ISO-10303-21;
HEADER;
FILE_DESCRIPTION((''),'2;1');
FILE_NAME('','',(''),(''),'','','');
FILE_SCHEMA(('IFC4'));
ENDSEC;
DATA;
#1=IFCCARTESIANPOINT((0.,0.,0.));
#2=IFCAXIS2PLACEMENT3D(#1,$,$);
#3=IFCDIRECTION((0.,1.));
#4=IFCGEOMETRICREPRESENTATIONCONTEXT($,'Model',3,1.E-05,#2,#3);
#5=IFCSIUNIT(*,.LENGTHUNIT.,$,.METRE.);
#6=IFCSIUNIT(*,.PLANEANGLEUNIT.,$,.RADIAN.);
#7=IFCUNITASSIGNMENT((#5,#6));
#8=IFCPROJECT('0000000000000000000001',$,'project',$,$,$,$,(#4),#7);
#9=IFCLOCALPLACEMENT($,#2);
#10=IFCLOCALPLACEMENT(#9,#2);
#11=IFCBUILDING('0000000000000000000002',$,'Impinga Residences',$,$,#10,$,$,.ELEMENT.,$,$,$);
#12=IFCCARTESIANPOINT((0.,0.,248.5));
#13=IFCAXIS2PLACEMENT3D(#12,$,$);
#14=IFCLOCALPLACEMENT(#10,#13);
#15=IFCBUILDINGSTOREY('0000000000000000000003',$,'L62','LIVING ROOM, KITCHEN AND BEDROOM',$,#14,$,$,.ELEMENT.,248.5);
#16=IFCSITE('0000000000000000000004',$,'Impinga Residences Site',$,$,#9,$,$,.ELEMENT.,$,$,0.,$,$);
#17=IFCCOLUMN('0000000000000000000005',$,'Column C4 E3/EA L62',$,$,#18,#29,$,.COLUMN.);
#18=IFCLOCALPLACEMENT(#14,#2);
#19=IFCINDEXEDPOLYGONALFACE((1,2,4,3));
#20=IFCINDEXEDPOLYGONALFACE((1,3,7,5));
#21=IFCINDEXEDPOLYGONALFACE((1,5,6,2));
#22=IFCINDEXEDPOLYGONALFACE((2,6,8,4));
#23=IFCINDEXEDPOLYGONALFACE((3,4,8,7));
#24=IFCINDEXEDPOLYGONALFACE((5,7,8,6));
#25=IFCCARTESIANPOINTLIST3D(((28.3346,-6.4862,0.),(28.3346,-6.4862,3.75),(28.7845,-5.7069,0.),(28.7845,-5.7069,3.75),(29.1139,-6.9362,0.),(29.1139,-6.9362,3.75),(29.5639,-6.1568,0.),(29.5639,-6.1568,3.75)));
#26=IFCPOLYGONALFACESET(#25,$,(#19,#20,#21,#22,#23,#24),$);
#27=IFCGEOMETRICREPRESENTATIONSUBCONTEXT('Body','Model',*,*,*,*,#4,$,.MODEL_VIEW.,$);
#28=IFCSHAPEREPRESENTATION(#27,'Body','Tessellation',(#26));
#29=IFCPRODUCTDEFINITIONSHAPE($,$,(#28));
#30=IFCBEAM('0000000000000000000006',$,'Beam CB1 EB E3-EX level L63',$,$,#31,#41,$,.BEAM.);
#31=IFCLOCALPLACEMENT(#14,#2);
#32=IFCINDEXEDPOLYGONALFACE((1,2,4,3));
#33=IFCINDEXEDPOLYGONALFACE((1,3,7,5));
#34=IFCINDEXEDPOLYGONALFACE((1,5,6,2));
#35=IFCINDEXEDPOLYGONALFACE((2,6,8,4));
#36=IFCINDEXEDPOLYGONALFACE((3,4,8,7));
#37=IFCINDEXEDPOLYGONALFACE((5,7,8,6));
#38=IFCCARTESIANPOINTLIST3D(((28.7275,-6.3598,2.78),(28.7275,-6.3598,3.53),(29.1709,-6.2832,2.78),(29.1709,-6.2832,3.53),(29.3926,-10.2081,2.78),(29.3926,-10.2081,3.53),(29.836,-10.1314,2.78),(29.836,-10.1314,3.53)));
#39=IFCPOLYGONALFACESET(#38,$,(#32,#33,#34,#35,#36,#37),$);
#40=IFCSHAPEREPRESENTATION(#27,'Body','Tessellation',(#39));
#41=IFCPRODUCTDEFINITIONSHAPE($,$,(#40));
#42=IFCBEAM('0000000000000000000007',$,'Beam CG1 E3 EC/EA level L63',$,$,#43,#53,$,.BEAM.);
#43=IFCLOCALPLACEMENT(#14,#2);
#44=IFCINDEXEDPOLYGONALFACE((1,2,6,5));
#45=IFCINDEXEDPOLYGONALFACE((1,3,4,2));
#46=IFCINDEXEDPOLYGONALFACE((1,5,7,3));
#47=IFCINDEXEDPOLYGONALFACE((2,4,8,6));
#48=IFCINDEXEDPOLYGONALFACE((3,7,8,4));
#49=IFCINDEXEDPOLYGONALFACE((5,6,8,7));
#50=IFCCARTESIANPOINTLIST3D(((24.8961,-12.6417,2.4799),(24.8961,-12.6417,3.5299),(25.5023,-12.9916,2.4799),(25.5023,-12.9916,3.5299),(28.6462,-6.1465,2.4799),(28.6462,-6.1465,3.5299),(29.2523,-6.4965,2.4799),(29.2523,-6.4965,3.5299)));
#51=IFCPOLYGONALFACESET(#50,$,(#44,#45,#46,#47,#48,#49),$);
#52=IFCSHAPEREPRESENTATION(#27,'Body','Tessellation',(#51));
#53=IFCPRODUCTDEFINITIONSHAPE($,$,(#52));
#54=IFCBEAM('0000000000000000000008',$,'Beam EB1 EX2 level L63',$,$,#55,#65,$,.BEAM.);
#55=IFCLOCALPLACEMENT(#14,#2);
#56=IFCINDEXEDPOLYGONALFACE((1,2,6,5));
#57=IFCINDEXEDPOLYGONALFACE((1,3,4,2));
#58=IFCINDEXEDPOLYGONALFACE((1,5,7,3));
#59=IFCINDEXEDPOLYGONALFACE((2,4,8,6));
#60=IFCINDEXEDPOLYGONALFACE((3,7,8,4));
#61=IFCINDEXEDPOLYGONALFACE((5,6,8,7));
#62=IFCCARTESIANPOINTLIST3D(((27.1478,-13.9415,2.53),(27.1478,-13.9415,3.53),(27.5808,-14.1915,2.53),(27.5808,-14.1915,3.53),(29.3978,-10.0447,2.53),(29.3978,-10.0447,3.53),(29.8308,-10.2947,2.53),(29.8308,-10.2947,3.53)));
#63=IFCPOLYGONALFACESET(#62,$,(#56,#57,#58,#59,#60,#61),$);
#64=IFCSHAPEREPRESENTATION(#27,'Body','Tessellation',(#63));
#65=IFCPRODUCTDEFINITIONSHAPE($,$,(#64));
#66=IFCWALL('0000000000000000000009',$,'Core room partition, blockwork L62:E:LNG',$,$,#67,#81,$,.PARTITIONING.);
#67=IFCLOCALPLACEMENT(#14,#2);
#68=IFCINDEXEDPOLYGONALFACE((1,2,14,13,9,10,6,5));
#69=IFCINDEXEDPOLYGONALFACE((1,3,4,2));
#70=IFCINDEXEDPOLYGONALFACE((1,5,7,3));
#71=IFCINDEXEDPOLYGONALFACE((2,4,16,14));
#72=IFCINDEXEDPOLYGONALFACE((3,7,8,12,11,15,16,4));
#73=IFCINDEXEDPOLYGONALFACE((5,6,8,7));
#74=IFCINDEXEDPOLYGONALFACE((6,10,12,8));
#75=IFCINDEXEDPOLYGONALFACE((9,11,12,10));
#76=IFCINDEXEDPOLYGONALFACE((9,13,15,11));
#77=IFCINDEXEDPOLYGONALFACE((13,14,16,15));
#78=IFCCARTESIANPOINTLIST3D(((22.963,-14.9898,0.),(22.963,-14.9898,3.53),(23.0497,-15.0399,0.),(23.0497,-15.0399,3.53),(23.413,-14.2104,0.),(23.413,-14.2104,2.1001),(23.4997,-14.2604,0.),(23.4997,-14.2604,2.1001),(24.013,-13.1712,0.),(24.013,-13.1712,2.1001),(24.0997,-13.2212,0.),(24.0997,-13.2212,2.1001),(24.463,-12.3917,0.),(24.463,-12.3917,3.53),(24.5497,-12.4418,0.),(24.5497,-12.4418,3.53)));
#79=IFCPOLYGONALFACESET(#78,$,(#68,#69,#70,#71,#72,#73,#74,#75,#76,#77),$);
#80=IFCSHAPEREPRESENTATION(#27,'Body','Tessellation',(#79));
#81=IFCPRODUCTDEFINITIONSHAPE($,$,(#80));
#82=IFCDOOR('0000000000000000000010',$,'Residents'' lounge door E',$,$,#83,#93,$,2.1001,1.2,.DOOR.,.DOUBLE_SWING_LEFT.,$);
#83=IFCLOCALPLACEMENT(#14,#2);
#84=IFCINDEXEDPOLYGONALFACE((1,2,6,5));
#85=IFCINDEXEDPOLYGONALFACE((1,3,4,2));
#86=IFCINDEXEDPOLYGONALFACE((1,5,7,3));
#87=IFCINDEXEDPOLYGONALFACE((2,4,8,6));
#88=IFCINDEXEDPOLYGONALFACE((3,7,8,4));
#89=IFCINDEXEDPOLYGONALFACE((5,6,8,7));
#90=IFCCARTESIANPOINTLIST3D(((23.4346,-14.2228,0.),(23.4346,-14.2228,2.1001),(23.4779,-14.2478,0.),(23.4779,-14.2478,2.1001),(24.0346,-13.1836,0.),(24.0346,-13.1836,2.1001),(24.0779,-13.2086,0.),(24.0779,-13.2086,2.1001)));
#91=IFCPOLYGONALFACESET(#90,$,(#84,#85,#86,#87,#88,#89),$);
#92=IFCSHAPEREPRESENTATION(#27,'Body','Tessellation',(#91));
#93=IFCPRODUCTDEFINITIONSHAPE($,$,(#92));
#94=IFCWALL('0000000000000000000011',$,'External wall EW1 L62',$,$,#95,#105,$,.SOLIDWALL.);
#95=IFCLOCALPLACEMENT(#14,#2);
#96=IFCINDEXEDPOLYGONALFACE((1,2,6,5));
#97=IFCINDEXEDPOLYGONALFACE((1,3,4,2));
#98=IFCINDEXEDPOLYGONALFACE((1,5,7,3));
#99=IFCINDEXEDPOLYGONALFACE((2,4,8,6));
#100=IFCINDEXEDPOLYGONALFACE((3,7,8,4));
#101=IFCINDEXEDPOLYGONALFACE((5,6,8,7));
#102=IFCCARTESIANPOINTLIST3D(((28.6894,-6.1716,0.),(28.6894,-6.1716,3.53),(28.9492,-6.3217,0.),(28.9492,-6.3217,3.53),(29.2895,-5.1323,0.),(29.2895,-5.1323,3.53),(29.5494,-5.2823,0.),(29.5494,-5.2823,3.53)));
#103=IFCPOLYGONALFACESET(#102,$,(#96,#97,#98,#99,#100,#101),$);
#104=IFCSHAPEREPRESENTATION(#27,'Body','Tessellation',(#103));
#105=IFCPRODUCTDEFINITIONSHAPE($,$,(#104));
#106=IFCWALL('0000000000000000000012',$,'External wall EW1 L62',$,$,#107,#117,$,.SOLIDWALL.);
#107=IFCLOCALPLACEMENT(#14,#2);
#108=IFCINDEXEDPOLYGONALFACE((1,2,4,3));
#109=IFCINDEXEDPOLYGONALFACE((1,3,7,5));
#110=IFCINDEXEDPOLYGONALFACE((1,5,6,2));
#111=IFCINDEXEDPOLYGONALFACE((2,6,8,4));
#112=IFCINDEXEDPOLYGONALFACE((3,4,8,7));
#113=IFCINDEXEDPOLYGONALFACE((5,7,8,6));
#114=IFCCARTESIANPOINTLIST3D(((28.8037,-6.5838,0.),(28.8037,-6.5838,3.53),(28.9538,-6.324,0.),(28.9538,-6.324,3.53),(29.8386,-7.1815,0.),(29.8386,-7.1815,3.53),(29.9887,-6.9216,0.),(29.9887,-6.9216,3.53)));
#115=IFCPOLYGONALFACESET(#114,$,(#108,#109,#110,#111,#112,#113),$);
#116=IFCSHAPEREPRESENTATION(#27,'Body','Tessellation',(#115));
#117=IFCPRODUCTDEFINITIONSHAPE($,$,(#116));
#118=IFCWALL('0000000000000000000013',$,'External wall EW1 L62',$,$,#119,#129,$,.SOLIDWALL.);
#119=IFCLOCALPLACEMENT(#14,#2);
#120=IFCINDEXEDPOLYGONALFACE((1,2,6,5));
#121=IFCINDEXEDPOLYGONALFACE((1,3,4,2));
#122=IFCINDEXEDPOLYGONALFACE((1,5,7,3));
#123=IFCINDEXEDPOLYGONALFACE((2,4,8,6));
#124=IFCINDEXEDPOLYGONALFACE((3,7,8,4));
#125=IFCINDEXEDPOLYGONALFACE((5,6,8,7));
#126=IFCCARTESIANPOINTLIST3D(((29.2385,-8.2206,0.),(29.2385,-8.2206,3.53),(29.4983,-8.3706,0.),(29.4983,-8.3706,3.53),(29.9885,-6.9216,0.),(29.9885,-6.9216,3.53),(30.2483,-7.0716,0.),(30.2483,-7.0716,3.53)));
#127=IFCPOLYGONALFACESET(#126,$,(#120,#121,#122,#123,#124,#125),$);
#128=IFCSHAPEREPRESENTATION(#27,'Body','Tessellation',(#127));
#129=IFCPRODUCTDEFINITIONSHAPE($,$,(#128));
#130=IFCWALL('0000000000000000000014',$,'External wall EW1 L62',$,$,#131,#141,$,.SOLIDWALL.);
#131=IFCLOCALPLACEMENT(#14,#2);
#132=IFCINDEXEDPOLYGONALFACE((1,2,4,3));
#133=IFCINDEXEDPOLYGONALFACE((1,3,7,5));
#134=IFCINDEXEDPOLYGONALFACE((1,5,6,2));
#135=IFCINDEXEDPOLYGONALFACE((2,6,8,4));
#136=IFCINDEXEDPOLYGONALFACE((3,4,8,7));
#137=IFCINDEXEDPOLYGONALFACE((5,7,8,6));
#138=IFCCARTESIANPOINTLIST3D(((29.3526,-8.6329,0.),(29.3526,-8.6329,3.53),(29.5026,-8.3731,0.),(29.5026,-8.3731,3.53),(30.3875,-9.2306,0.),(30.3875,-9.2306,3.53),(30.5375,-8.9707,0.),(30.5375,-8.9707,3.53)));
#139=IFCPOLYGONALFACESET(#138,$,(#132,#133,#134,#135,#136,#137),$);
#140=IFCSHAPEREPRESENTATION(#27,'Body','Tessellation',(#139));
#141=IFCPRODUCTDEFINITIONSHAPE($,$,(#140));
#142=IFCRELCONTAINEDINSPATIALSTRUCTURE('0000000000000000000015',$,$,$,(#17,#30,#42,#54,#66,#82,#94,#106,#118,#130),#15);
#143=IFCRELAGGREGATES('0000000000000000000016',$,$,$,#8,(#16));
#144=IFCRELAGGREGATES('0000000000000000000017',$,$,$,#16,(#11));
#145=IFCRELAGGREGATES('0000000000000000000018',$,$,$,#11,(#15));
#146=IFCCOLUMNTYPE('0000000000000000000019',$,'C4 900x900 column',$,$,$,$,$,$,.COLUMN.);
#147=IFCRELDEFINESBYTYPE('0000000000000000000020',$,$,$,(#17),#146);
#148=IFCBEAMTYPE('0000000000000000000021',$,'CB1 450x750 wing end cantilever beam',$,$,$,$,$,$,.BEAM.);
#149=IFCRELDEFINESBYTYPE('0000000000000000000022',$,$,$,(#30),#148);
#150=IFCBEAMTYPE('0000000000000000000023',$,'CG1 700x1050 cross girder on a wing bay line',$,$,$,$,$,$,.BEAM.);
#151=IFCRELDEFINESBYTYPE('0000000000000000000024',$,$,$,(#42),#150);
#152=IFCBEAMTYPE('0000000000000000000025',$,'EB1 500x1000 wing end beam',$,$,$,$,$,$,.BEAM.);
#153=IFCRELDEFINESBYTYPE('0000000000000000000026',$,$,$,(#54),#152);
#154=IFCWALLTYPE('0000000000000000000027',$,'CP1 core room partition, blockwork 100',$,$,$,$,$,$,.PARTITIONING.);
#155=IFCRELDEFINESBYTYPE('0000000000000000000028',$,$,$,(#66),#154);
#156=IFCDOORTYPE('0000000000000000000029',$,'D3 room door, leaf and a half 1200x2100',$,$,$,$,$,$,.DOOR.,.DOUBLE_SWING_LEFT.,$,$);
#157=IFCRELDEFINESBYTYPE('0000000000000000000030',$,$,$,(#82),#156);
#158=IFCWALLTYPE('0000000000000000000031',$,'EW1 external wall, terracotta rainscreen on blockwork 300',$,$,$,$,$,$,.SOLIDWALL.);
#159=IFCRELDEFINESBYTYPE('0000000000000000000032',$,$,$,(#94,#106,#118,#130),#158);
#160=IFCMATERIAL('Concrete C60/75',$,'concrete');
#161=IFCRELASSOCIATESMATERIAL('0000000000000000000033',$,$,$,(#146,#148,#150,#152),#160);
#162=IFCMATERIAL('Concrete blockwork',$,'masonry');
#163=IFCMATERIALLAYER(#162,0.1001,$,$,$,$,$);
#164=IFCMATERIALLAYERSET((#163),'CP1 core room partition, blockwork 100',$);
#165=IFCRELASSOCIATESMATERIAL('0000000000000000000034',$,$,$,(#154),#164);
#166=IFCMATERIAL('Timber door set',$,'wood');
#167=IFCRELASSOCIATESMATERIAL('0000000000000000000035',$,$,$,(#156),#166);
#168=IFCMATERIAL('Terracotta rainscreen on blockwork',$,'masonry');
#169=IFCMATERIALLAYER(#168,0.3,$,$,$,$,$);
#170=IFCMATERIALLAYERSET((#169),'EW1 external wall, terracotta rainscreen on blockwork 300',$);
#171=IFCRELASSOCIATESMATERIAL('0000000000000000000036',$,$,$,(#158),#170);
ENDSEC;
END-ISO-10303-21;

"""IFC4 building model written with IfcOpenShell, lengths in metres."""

from ifc_helpers import new_model, si_unit, direction, frame, frame_2d, origin, origin_2d, place, context, subcontext, project, spatial, rectangle, extrude, material, layer, layer_set, material_profile, profile_set, type_object, element, fill, save


model = new_model("IFC4")

# Units and contexts
model_context = context("Model", 3, precision=1e-05, world=origin(), true_north=direction((0.0, 1.0)))
body_context = subcontext(model_context, "Body", "Model", "MODEL_VIEW")
ifc_project = project(units=[si_unit("LENGTHUNIT", "METRE"), si_unit("PLANEANGLEUNIT", "RADIAN")], contexts=[model_context])

# Site, building, storey
site_placement = place(None, origin())
site = spatial("IfcSite", under=ifc_project, at=site_placement, Name="Impinga Residences Site", CompositionType="ELEMENT", RefElevation=0.0)
building_placement = place(site_placement, origin())
building = spatial("IfcBuilding", under=site, at=building_placement, Name="Impinga Residences", CompositionType="ELEMENT")
storey_placement = place(building_placement, frame((0.0, 0.0, 248.5)))
storey = spatial("IfcBuildingStorey", under=building, at=storey_placement, Name="L62", Description="LIVING ROOM, KITCHEN AND BEDROOM", CompositionType="ELEMENT", Elevation=248.5)

# Column
ifc_material_1 = material(Name="Concrete C60/75", Category="concrete")
ifc_material_profile_1 = material_profile(ifc_material_1, rectangle(XDim=0.8999, YDim=0.8999, at=origin_2d()), Name="RC 900x900")
ifc_profile_set_1 = profile_set([ifc_material_profile_1], Name="Concrete C60/75")
column_type = type_object("IfcColumnType", Name="C4 900x900 column", PredefinedType="COLUMN", material=ifc_profile_set_1)
column_placement = place(storey_placement, frame((28.9492, -6.3215, 0.0), z_axis=(0.0, 0.0, 1.0), x_axis=(-0.5, -0.866025, 0.0)))
element("IfcColumn", 1, at=column_placement, inside=storey, type_object=column_type, Name="Column C4 E3/EA L62", PredefinedType="COLUMN", context=body_context, shape_type="SweptSolid", body=[
    extrude(rectangle(XDim=0.8999, YDim=0.8999, at=origin_2d()), origin(), (0.0, 0.0, 1.0), 3.75),
])

# Beams
ifc_material_profile_2 = material_profile(ifc_material_1, rectangle(XDim=0.45, YDim=0.75, at=origin_2d()), Name="RC 450x750")
ifc_profile_set_2 = profile_set([ifc_material_profile_2], Name="Concrete C60/75")
beam_type_1 = type_object("IfcBeamType", Name="CB1 450x750 wing end cantilever beam", PredefinedType="BEAM", material=ifc_profile_set_2)
beam_1_placement = place(storey_placement, frame((28.9492, -6.3215, 3.155), z_axis=(0.170296, -0.985393, 0.0), x_axis=(0.985393, 0.170296, 0.0)))
element("IfcBeam", 2, at=beam_1_placement, inside=storey, type_object=beam_type_1, Name="Beam CB1 EB E3-EX level L63", PredefinedType="BEAM", context=body_context, shape_type="SweptSolid", body=[
    extrude(rectangle(XDim=0.45, YDim=0.75, at=origin_2d()), origin(), (0.0, 0.0, 1.0), 3.9053),
])
ifc_material_profile_3 = material_profile(ifc_material_1, rectangle(XDim=0.7, YDim=1.05, at=origin_2d()), Name="RC 700x1050")
ifc_profile_set_3 = profile_set([ifc_material_profile_3], Name="Concrete C60/75")
beam_type_2 = type_object("IfcBeamType", Name="CG1 700x1050 cross girder on a wing bay line", PredefinedType="BEAM", material=ifc_profile_set_3)
beam_2_placement = place(storey_placement, frame((25.1992, -12.8167, 3.0049), z_axis=(0.500004, 0.866023, 0.0), x_axis=(-0.866023, 0.500004, 0.0)))
element("IfcBeam", 3, at=beam_2_placement, inside=storey, type_object=beam_type_2, Name="Beam CG1 E3 EC/EA level L63", PredefinedType="BEAM", context=body_context, shape_type="SweptSolid", body=[
    extrude(rectangle(XDim=0.7, YDim=1.05, at=origin_2d()), origin(), (0.0, 0.0, 1.0), 7.5),
])
ifc_material_profile_4 = material_profile(ifc_material_1, rectangle(XDim=0.5, YDim=1.0, at=origin_2d()), Name="RC 500x1000")
ifc_profile_set_4 = profile_set([ifc_material_profile_4], Name="Concrete C60/75")
beam_type_3 = type_object("IfcBeamType", Name="EB1 500x1000 wing end beam", PredefinedType="BEAM", material=ifc_profile_set_4)
beam_3_placement = place(storey_placement, frame((29.6143, -10.1697, 3.03), z_axis=(-0.500014, -0.866018, 0.0), x_axis=(0.866018, -0.500014, 0.0)))
element("IfcBeam", 4, at=beam_3_placement, inside=storey, type_object=beam_type_3, Name="Beam EB1 EX2 level L63", PredefinedType="BEAM", context=body_context, shape_type="SweptSolid", body=[
    extrude(rectangle(XDim=0.5, YDim=1.0, at=origin_2d()), origin(), (0.0, 0.0, 1.0), 4.4998),
])

# Wall, opening, door
ifc_material_2 = material(Name="Concrete blockwork", Category="masonry")
ifc_layer_1 = layer(ifc_material_2, 0.1001)
ifc_layer_set_1 = layer_set([ifc_layer_1], Name="CP1 core room partition, blockwork 100")
wall_type_1 = type_object("IfcWallType", Name="CP1 core room partition, blockwork 100", PredefinedType="PARTITIONING", material=ifc_layer_set_1)
wall_1_placement = place(storey_placement, frame((24.5063, -12.4167, 0.0), z_axis=(0.0, 0.0, 1.0), x_axis=(-0.49999, -0.866031, 0.0)))
wall_1 = element("IfcWall", 5, at=wall_1_placement, inside=storey, type_object=wall_type_1, Name="Core room partition, blockwork L62:E:LNG", PredefinedType="PARTITIONING", context=body_context, shape_type="SweptSolid", body=[
    extrude(rectangle(XDim=3.0, YDim=0.1001, at=frame_2d((1.5, 0.0))), origin(), (0.0, 0.0, 1.0), 3.53),
])
opening_1_placement = place(wall_1_placement, frame((0.8999, 0.0, 0.0)))
opening_1 = element("IfcOpeningElement", 6, at=opening_1_placement, cuts=wall_1, PredefinedType="OPENING", context=body_context, shape_type="SweptSolid", body=[
    extrude(rectangle(XDim=1.2, YDim=2.1001, at=frame_2d((0.6001, 1.05))), frame((0.0, 0.0601, 0.0), z_axis=(0.0, -1.0, 0.0), x_axis=(1.0, 0.0, 0.0)), (0.0, 0.0, 1.0), 0.1201),
])
ifc_material_3 = material(Name="Timber door set", Category="wood")
door_type_1 = type_object("IfcDoorType", Name="D3 room door, leaf and a half 1200x2100", OperationType="DOUBLE_SWING_LEFT", PredefinedType="DOOR", material=ifc_material_3)
door_1_placement = place(opening_1_placement, origin())
door_1 = element("IfcDoor", 7, at=door_1_placement, inside=storey, type_object=door_type_1, Name="Residents' lounge door E", OperationType="DOUBLE_SWING_LEFT", OverallHeight=2.1001, OverallWidth=1.2, PredefinedType="DOOR", context=body_context, shape_type="SweptSolid", body=[
    extrude(rectangle(XDim=1.2, YDim=2.1001, at=frame_2d((0.6001, 1.05))), frame((0.0, 0.0249, 0.0), z_axis=(0.0, -1.0, 0.0), x_axis=(1.0, 0.0, 0.0)), (0.0, 0.0, 1.0), 0.05),
])
fill(opening_1, door_1)

# Walls
ifc_material_4 = material(Name="Terracotta rainscreen on blockwork", Category="masonry")
ifc_layer_2 = layer(ifc_material_4, 0.3)
ifc_layer_set_2 = layer_set([ifc_layer_2], Name="EW1 external wall, terracotta rainscreen on blockwork 300")
wall_type_2 = type_object("IfcWallType", Name="EW1 external wall, terracotta rainscreen on blockwork 300", PredefinedType="SOLIDWALL", material=ifc_layer_set_2)
wall_2_placement = place(storey_placement, frame((29.4194, -5.2073, 0.0), z_axis=(0.0, 0.0, 1.0), x_axis=(-0.500034, -0.866006, 0.0)))
element("IfcWall", 8, at=wall_2_placement, inside=storey, type_object=wall_type_2, Name="External wall EW1 L62", PredefinedType="SOLIDWALL", context=body_context, shape_type="SweptSolid", body=[
    extrude(rectangle(XDim=1.2002, YDim=0.3, at=frame_2d((0.6001, 0.0))), origin(), (0.0, 0.0, 1.0), 3.53),
])
wall_3_placement = place(storey_placement, frame((28.8787, -6.4539, 0.0), z_axis=(0.0, 0.0, 1.0), x_axis=(0.865971, -0.500094, 0.0)))
element("IfcWall", 9, at=wall_3_placement, inside=storey, type_object=wall_type_2, Name="External wall EW1 L62", PredefinedType="SOLIDWALL", context=body_context, shape_type="SweptSolid", body=[
    extrude(rectangle(XDim=1.1951, YDim=0.3, at=frame_2d((0.5977, 0.0))), origin(), (0.0, 0.0, 1.0), 3.53),
])
wall_4_placement = place(storey_placement, frame((30.1184, -6.9966, 0.0), z_axis=(0.0, 0.0, 1.0), x_axis=(-0.49999, -0.866031, 0.0)))
element("IfcWall", 10, at=wall_4_placement, inside=storey, type_object=wall_type_2, Name="External wall EW1 L62", PredefinedType="SOLIDWALL", context=body_context, shape_type="SweptSolid", body=[
    extrude(rectangle(XDim=1.5, YDim=0.3, at=frame_2d((0.75, 0.0))), origin(), (0.0, 0.0, 1.0), 3.53),
])
wall_5_placement = place(storey_placement, frame((29.4275, -8.5029, 0.0), z_axis=(0.0, 0.0, 1.0), x_axis=(0.865971, -0.500094, 0.0)))
element("IfcWall", 11, at=wall_5_placement, inside=storey, type_object=wall_type_2, Name="External wall EW1 L62", PredefinedType="SOLIDWALL", context=body_context, shape_type="SweptSolid", body=[
    extrude(rectangle(XDim=1.1951, YDim=0.3, at=frame_2d((0.5977, 0.0))), origin(), (0.0, 0.0, 1.0), 3.53),
])

save(model, "model.ifc")
